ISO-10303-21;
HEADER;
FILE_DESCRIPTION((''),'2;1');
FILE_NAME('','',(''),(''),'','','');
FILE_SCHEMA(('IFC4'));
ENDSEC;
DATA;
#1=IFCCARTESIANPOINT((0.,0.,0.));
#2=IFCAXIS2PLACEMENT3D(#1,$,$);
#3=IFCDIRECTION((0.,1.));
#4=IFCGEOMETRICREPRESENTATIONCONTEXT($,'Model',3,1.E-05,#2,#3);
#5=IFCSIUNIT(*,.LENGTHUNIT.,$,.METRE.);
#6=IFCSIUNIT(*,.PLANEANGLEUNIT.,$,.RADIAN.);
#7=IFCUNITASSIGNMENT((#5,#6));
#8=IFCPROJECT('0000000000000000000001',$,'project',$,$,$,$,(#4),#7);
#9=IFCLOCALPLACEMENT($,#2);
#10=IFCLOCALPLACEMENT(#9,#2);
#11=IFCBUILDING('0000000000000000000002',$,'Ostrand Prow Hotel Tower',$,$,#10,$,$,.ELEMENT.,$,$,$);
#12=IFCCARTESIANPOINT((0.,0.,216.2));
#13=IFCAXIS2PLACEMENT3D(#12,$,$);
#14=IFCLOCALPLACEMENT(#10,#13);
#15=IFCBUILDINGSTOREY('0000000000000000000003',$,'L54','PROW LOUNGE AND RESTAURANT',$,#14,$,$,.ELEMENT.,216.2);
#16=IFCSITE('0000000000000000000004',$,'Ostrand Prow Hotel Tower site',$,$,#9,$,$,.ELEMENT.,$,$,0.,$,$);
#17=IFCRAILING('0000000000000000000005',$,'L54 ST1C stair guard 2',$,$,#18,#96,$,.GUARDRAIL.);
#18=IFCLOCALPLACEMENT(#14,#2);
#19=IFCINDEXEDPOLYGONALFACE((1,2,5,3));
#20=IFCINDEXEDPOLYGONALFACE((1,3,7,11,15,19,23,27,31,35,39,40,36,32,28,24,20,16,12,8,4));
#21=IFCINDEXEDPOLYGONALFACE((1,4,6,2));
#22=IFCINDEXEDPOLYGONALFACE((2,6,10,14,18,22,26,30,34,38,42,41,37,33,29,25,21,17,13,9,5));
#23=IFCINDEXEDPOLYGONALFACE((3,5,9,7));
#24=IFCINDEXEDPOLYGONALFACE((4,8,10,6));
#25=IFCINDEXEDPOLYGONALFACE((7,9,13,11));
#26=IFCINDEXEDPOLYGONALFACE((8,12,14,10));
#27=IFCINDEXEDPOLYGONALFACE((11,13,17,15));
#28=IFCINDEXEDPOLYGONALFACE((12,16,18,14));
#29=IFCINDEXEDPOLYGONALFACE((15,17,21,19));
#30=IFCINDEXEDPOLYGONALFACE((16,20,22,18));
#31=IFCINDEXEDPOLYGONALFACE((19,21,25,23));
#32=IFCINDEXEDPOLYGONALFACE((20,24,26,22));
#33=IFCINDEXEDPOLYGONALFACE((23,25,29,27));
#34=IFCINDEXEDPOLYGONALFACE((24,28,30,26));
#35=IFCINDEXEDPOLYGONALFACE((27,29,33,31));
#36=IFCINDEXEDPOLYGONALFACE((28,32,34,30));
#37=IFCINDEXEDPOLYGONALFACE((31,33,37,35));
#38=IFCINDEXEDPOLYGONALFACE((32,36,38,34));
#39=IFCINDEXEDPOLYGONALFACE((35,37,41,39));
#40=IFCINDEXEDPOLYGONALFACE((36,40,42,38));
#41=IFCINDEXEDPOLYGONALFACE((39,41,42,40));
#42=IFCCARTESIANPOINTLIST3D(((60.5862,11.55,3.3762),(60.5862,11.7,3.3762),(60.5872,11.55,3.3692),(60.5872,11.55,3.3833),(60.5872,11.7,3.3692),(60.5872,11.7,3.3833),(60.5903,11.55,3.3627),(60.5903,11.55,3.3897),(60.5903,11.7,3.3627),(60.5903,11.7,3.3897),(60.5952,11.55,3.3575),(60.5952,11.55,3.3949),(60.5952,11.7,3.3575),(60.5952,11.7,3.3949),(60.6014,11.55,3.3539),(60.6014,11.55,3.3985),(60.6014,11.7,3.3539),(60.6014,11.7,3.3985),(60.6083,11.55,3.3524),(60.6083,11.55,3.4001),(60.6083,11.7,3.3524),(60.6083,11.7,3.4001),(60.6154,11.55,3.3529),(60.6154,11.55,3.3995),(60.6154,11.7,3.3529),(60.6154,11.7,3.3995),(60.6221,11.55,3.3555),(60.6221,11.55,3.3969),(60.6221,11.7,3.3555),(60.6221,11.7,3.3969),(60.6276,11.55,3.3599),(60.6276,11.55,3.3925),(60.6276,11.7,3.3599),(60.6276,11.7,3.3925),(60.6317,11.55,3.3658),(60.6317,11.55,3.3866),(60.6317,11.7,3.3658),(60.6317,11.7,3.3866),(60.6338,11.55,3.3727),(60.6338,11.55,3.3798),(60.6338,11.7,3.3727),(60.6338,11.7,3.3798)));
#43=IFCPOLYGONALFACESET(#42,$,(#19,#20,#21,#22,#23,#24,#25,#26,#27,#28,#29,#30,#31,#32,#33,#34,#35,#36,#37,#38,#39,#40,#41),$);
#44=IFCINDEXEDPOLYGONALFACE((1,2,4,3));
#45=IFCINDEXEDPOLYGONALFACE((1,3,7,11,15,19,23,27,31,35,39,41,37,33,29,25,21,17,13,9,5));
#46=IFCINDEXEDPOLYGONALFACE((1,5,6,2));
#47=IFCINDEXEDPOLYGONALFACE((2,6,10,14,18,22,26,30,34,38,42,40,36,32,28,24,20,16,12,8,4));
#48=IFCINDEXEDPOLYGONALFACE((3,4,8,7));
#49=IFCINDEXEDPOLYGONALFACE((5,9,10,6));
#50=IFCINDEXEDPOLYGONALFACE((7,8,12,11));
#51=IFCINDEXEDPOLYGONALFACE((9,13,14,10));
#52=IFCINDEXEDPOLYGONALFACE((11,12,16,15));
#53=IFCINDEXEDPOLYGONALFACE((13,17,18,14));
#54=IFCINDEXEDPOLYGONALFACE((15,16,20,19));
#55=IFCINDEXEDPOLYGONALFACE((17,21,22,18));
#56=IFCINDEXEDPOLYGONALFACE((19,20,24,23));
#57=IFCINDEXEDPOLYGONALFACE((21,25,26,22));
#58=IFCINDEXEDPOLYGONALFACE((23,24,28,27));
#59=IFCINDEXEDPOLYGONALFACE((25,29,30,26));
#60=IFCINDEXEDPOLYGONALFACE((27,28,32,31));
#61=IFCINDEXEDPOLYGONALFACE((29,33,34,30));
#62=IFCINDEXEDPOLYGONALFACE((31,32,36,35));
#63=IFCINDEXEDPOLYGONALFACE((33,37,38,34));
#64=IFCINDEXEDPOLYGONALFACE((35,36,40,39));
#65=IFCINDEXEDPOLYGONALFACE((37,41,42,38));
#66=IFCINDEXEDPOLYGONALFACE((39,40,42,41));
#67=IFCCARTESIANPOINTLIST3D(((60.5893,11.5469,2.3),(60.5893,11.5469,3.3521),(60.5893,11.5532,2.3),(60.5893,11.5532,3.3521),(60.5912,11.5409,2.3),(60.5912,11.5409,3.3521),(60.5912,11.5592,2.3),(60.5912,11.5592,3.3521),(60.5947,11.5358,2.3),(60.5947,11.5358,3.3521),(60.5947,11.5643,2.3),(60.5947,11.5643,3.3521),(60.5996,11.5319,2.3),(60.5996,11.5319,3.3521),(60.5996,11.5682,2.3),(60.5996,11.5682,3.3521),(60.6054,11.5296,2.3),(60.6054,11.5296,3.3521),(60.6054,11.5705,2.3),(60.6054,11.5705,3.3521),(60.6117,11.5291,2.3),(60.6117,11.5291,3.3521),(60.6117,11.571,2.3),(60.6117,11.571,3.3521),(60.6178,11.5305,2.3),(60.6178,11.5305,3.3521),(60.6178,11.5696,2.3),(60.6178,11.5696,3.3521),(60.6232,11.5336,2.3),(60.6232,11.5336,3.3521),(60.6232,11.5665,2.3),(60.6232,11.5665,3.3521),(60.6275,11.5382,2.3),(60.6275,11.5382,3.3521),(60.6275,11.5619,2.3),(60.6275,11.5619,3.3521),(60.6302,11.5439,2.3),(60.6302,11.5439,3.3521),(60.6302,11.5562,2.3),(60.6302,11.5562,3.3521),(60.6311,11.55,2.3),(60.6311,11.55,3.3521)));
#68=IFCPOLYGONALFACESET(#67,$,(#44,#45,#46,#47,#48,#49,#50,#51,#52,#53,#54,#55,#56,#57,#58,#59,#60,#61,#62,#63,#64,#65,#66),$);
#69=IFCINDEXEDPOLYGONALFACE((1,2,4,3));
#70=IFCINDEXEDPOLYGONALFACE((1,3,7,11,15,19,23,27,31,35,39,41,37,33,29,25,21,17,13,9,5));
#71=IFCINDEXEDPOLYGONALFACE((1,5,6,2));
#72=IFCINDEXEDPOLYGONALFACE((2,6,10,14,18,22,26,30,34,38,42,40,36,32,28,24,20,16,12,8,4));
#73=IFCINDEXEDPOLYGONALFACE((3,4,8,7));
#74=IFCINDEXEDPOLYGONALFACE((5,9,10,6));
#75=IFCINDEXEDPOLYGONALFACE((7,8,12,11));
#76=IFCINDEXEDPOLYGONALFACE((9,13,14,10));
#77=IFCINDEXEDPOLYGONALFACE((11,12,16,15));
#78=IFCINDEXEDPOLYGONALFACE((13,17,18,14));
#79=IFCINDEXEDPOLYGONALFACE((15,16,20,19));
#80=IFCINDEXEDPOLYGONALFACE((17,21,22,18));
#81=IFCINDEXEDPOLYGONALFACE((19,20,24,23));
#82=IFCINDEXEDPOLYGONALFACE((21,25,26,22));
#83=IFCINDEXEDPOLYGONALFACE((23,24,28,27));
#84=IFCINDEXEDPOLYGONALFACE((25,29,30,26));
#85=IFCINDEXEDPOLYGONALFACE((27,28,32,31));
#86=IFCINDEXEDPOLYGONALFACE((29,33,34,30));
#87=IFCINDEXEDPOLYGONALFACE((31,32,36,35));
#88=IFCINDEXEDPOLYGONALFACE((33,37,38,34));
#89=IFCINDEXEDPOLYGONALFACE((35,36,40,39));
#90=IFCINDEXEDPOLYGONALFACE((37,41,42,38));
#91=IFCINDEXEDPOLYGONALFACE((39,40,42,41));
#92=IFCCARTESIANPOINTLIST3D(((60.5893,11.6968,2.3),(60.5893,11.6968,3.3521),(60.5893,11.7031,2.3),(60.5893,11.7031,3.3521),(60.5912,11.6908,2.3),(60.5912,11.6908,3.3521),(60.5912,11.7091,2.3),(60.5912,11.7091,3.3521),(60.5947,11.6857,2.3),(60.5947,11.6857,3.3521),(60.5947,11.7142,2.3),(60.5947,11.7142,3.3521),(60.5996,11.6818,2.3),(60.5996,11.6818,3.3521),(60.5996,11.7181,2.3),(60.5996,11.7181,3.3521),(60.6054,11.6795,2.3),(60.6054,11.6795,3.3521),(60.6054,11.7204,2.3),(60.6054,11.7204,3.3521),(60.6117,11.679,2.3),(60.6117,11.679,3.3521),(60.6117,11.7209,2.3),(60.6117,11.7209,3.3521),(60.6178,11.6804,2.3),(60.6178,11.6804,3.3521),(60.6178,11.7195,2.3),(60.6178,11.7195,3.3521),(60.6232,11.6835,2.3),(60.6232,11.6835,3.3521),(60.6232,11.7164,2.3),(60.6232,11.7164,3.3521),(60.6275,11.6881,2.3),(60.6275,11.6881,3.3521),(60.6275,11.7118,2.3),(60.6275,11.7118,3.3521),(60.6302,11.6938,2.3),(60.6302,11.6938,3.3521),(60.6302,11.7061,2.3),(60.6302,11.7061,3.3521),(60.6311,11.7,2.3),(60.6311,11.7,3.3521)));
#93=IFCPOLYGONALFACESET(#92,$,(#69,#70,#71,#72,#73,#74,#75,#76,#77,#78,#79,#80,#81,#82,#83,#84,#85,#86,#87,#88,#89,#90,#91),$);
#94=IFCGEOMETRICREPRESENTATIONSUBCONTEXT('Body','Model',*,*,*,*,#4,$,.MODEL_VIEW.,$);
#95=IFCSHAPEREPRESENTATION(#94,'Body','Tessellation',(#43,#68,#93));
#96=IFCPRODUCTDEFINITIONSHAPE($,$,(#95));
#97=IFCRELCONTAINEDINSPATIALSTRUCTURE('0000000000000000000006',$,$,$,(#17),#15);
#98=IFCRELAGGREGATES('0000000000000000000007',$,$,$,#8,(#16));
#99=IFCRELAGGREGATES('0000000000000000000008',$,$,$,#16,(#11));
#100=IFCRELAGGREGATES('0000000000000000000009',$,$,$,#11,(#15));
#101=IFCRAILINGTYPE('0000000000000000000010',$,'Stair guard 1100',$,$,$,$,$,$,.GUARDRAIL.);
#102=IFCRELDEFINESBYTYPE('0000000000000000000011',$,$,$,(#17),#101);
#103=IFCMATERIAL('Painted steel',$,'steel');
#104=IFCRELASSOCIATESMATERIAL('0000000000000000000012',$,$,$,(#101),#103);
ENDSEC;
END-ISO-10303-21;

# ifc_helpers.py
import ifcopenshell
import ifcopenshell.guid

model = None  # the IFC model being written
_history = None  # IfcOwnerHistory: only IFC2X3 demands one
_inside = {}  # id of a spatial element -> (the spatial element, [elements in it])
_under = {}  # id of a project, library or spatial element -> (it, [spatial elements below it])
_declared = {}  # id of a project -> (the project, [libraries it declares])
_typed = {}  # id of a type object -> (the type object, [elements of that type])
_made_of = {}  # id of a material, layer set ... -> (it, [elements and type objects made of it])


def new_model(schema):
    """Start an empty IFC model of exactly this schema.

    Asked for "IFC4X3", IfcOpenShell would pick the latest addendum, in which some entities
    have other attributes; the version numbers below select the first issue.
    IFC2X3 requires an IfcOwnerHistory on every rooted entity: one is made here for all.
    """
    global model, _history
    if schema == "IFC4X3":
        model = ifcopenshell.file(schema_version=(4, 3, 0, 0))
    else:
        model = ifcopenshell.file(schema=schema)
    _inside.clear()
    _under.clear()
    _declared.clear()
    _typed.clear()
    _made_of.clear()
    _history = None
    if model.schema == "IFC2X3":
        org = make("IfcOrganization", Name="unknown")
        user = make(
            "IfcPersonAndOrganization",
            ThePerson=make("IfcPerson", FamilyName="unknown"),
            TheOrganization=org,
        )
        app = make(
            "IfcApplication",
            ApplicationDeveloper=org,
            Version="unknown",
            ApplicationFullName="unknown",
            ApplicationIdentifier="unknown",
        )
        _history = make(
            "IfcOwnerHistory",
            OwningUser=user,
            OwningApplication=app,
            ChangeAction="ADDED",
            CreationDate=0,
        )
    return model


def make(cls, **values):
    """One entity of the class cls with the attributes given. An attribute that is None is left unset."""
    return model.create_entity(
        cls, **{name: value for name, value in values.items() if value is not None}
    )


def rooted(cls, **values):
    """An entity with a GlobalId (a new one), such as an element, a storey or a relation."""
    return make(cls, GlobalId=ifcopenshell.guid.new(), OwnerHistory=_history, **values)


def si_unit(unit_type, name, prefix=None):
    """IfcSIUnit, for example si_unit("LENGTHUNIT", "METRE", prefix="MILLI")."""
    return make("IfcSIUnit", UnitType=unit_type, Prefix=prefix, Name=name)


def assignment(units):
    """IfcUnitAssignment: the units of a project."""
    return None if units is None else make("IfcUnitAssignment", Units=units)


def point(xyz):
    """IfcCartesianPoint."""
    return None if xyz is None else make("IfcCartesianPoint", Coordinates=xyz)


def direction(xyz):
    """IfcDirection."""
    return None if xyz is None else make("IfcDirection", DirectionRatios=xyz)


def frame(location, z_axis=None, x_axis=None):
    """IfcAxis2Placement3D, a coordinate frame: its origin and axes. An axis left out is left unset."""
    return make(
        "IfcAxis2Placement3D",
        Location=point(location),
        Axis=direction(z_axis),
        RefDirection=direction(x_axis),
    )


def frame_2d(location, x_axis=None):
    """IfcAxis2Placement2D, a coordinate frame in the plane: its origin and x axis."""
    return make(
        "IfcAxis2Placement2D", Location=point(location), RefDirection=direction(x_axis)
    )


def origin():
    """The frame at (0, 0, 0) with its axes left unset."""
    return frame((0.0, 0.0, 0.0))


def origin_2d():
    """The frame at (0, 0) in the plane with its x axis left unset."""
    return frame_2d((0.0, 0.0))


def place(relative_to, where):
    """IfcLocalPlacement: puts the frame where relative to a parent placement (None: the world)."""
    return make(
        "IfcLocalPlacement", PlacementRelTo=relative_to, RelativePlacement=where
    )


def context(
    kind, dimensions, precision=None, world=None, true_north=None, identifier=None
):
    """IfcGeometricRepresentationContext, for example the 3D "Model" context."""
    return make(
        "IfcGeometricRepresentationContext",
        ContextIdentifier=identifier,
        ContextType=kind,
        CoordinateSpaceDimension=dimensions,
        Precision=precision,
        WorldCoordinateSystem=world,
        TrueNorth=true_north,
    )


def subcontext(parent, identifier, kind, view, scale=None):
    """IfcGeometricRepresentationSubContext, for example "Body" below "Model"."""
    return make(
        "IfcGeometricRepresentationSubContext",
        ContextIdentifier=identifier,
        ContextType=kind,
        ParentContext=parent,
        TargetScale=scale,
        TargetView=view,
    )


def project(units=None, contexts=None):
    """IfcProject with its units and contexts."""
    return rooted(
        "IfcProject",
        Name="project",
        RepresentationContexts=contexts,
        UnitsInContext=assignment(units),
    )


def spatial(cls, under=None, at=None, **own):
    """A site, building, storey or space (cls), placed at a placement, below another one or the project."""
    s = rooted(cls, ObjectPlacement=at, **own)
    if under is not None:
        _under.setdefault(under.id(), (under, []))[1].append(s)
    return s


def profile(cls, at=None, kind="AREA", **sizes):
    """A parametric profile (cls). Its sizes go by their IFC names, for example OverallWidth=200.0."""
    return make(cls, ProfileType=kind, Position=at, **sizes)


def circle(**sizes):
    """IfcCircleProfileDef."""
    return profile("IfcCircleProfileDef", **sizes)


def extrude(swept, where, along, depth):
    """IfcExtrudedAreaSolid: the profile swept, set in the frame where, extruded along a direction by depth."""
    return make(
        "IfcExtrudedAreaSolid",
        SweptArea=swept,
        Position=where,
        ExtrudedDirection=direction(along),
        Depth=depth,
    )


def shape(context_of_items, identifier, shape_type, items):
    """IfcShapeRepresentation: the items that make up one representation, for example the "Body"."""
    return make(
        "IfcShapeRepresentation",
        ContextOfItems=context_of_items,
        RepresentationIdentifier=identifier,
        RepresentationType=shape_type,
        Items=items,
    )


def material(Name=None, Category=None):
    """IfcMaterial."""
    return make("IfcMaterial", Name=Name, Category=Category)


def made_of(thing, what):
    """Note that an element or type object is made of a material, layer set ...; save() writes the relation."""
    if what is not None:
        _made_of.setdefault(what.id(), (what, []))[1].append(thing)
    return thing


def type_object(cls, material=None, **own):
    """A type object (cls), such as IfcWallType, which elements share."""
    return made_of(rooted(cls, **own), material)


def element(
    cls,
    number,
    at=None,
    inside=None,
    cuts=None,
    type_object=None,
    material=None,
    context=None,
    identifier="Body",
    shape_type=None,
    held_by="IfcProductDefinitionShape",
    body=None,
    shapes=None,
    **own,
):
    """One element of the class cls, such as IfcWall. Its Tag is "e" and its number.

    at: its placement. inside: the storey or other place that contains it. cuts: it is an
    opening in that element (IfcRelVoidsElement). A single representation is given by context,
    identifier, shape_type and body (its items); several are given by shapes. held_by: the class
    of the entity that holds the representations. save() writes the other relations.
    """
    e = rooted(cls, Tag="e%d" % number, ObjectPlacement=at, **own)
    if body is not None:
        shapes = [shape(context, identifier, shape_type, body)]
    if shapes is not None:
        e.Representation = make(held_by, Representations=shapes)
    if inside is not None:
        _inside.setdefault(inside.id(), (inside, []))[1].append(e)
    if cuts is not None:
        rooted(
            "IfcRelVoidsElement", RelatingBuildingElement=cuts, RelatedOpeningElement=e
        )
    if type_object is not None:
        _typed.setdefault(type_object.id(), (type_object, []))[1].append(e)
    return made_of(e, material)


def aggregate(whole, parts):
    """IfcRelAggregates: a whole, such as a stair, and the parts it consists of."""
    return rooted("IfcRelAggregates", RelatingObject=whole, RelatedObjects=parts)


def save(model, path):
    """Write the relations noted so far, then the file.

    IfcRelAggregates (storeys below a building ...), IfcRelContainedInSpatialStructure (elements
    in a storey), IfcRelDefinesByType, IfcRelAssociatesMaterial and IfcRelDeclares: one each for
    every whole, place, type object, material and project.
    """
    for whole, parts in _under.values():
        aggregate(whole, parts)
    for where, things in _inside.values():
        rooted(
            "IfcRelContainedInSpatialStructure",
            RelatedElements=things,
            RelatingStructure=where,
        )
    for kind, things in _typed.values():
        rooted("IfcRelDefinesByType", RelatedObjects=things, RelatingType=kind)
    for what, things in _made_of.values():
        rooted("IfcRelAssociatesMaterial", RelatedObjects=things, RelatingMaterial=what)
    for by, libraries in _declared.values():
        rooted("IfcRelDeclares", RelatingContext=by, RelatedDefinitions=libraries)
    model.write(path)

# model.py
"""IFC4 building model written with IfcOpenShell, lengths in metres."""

from ifc_helpers import new_model, si_unit, direction, frame, origin, origin_2d, place, context, subcontext, project, spatial, circle, extrude, material, type_object, element, save


model = new_model("IFC4")

# Units and contexts
model_context = context("Model", 3, precision=1e-05, world=origin(), true_north=direction((0.0, 1.0)))
body_context = subcontext(model_context, "Body", "Model", "MODEL_VIEW")
ifc_project = project(units=[si_unit("LENGTHUNIT", "METRE"), si_unit("PLANEANGLEUNIT", "RADIAN")], contexts=[model_context])

# Site, building, storey
site_placement = place(None, origin())
site = spatial("IfcSite", under=ifc_project, at=site_placement, Name="Ostrand Prow Hotel Tower site", CompositionType="ELEMENT", RefElevation=0.0)
building_placement = place(site_placement, origin())
building = spatial("IfcBuilding", under=site, at=building_placement, Name="Ostrand Prow Hotel Tower", CompositionType="ELEMENT")
storey_placement = place(building_placement, frame((0.0, 0.0, 216.2)))
storey = spatial("IfcBuildingStorey", under=building, at=storey_placement, Name="L54", Description="PROW LOUNGE AND RESTAURANT", CompositionType="ELEMENT", Elevation=216.2)

# Railing
ifc_material_1 = material(Name="Painted steel", Category="steel")
railing_type_1 = type_object("IfcRailingType", Name="Stair guard 1100", PredefinedType="GUARDRAIL", material=ifc_material_1)
railing_1_placement = place(storey_placement, frame((60.6101, 11.55, 2.3)))
element("IfcRailing", 1, at=railing_1_placement, inside=storey, type_object=railing_type_1, Name="L54 ST1C stair guard 2", PredefinedType="GUARDRAIL", context=body_context, shape_type="SweptSolid", body=[
    extrude(circle(Radius=0.0239, at=origin_2d()), frame((0.0, 0.0, 1.0762), z_axis=(0.0, 1.0, 0.0), x_axis=(-1.0, 0.0, 0.0)), (0.0, 0.0, 1.0), 0.1499),
    extrude(circle(Radius=0.021, at=origin_2d()), origin(), (0.0, 0.0, 1.0), 1.052),
    extrude(circle(Radius=0.021, at=origin_2d()), frame((0.0, 0.1499, 0.0)), (0.0, 0.0, 1.0), 1.052),
])

save(model, "model.ifc")
